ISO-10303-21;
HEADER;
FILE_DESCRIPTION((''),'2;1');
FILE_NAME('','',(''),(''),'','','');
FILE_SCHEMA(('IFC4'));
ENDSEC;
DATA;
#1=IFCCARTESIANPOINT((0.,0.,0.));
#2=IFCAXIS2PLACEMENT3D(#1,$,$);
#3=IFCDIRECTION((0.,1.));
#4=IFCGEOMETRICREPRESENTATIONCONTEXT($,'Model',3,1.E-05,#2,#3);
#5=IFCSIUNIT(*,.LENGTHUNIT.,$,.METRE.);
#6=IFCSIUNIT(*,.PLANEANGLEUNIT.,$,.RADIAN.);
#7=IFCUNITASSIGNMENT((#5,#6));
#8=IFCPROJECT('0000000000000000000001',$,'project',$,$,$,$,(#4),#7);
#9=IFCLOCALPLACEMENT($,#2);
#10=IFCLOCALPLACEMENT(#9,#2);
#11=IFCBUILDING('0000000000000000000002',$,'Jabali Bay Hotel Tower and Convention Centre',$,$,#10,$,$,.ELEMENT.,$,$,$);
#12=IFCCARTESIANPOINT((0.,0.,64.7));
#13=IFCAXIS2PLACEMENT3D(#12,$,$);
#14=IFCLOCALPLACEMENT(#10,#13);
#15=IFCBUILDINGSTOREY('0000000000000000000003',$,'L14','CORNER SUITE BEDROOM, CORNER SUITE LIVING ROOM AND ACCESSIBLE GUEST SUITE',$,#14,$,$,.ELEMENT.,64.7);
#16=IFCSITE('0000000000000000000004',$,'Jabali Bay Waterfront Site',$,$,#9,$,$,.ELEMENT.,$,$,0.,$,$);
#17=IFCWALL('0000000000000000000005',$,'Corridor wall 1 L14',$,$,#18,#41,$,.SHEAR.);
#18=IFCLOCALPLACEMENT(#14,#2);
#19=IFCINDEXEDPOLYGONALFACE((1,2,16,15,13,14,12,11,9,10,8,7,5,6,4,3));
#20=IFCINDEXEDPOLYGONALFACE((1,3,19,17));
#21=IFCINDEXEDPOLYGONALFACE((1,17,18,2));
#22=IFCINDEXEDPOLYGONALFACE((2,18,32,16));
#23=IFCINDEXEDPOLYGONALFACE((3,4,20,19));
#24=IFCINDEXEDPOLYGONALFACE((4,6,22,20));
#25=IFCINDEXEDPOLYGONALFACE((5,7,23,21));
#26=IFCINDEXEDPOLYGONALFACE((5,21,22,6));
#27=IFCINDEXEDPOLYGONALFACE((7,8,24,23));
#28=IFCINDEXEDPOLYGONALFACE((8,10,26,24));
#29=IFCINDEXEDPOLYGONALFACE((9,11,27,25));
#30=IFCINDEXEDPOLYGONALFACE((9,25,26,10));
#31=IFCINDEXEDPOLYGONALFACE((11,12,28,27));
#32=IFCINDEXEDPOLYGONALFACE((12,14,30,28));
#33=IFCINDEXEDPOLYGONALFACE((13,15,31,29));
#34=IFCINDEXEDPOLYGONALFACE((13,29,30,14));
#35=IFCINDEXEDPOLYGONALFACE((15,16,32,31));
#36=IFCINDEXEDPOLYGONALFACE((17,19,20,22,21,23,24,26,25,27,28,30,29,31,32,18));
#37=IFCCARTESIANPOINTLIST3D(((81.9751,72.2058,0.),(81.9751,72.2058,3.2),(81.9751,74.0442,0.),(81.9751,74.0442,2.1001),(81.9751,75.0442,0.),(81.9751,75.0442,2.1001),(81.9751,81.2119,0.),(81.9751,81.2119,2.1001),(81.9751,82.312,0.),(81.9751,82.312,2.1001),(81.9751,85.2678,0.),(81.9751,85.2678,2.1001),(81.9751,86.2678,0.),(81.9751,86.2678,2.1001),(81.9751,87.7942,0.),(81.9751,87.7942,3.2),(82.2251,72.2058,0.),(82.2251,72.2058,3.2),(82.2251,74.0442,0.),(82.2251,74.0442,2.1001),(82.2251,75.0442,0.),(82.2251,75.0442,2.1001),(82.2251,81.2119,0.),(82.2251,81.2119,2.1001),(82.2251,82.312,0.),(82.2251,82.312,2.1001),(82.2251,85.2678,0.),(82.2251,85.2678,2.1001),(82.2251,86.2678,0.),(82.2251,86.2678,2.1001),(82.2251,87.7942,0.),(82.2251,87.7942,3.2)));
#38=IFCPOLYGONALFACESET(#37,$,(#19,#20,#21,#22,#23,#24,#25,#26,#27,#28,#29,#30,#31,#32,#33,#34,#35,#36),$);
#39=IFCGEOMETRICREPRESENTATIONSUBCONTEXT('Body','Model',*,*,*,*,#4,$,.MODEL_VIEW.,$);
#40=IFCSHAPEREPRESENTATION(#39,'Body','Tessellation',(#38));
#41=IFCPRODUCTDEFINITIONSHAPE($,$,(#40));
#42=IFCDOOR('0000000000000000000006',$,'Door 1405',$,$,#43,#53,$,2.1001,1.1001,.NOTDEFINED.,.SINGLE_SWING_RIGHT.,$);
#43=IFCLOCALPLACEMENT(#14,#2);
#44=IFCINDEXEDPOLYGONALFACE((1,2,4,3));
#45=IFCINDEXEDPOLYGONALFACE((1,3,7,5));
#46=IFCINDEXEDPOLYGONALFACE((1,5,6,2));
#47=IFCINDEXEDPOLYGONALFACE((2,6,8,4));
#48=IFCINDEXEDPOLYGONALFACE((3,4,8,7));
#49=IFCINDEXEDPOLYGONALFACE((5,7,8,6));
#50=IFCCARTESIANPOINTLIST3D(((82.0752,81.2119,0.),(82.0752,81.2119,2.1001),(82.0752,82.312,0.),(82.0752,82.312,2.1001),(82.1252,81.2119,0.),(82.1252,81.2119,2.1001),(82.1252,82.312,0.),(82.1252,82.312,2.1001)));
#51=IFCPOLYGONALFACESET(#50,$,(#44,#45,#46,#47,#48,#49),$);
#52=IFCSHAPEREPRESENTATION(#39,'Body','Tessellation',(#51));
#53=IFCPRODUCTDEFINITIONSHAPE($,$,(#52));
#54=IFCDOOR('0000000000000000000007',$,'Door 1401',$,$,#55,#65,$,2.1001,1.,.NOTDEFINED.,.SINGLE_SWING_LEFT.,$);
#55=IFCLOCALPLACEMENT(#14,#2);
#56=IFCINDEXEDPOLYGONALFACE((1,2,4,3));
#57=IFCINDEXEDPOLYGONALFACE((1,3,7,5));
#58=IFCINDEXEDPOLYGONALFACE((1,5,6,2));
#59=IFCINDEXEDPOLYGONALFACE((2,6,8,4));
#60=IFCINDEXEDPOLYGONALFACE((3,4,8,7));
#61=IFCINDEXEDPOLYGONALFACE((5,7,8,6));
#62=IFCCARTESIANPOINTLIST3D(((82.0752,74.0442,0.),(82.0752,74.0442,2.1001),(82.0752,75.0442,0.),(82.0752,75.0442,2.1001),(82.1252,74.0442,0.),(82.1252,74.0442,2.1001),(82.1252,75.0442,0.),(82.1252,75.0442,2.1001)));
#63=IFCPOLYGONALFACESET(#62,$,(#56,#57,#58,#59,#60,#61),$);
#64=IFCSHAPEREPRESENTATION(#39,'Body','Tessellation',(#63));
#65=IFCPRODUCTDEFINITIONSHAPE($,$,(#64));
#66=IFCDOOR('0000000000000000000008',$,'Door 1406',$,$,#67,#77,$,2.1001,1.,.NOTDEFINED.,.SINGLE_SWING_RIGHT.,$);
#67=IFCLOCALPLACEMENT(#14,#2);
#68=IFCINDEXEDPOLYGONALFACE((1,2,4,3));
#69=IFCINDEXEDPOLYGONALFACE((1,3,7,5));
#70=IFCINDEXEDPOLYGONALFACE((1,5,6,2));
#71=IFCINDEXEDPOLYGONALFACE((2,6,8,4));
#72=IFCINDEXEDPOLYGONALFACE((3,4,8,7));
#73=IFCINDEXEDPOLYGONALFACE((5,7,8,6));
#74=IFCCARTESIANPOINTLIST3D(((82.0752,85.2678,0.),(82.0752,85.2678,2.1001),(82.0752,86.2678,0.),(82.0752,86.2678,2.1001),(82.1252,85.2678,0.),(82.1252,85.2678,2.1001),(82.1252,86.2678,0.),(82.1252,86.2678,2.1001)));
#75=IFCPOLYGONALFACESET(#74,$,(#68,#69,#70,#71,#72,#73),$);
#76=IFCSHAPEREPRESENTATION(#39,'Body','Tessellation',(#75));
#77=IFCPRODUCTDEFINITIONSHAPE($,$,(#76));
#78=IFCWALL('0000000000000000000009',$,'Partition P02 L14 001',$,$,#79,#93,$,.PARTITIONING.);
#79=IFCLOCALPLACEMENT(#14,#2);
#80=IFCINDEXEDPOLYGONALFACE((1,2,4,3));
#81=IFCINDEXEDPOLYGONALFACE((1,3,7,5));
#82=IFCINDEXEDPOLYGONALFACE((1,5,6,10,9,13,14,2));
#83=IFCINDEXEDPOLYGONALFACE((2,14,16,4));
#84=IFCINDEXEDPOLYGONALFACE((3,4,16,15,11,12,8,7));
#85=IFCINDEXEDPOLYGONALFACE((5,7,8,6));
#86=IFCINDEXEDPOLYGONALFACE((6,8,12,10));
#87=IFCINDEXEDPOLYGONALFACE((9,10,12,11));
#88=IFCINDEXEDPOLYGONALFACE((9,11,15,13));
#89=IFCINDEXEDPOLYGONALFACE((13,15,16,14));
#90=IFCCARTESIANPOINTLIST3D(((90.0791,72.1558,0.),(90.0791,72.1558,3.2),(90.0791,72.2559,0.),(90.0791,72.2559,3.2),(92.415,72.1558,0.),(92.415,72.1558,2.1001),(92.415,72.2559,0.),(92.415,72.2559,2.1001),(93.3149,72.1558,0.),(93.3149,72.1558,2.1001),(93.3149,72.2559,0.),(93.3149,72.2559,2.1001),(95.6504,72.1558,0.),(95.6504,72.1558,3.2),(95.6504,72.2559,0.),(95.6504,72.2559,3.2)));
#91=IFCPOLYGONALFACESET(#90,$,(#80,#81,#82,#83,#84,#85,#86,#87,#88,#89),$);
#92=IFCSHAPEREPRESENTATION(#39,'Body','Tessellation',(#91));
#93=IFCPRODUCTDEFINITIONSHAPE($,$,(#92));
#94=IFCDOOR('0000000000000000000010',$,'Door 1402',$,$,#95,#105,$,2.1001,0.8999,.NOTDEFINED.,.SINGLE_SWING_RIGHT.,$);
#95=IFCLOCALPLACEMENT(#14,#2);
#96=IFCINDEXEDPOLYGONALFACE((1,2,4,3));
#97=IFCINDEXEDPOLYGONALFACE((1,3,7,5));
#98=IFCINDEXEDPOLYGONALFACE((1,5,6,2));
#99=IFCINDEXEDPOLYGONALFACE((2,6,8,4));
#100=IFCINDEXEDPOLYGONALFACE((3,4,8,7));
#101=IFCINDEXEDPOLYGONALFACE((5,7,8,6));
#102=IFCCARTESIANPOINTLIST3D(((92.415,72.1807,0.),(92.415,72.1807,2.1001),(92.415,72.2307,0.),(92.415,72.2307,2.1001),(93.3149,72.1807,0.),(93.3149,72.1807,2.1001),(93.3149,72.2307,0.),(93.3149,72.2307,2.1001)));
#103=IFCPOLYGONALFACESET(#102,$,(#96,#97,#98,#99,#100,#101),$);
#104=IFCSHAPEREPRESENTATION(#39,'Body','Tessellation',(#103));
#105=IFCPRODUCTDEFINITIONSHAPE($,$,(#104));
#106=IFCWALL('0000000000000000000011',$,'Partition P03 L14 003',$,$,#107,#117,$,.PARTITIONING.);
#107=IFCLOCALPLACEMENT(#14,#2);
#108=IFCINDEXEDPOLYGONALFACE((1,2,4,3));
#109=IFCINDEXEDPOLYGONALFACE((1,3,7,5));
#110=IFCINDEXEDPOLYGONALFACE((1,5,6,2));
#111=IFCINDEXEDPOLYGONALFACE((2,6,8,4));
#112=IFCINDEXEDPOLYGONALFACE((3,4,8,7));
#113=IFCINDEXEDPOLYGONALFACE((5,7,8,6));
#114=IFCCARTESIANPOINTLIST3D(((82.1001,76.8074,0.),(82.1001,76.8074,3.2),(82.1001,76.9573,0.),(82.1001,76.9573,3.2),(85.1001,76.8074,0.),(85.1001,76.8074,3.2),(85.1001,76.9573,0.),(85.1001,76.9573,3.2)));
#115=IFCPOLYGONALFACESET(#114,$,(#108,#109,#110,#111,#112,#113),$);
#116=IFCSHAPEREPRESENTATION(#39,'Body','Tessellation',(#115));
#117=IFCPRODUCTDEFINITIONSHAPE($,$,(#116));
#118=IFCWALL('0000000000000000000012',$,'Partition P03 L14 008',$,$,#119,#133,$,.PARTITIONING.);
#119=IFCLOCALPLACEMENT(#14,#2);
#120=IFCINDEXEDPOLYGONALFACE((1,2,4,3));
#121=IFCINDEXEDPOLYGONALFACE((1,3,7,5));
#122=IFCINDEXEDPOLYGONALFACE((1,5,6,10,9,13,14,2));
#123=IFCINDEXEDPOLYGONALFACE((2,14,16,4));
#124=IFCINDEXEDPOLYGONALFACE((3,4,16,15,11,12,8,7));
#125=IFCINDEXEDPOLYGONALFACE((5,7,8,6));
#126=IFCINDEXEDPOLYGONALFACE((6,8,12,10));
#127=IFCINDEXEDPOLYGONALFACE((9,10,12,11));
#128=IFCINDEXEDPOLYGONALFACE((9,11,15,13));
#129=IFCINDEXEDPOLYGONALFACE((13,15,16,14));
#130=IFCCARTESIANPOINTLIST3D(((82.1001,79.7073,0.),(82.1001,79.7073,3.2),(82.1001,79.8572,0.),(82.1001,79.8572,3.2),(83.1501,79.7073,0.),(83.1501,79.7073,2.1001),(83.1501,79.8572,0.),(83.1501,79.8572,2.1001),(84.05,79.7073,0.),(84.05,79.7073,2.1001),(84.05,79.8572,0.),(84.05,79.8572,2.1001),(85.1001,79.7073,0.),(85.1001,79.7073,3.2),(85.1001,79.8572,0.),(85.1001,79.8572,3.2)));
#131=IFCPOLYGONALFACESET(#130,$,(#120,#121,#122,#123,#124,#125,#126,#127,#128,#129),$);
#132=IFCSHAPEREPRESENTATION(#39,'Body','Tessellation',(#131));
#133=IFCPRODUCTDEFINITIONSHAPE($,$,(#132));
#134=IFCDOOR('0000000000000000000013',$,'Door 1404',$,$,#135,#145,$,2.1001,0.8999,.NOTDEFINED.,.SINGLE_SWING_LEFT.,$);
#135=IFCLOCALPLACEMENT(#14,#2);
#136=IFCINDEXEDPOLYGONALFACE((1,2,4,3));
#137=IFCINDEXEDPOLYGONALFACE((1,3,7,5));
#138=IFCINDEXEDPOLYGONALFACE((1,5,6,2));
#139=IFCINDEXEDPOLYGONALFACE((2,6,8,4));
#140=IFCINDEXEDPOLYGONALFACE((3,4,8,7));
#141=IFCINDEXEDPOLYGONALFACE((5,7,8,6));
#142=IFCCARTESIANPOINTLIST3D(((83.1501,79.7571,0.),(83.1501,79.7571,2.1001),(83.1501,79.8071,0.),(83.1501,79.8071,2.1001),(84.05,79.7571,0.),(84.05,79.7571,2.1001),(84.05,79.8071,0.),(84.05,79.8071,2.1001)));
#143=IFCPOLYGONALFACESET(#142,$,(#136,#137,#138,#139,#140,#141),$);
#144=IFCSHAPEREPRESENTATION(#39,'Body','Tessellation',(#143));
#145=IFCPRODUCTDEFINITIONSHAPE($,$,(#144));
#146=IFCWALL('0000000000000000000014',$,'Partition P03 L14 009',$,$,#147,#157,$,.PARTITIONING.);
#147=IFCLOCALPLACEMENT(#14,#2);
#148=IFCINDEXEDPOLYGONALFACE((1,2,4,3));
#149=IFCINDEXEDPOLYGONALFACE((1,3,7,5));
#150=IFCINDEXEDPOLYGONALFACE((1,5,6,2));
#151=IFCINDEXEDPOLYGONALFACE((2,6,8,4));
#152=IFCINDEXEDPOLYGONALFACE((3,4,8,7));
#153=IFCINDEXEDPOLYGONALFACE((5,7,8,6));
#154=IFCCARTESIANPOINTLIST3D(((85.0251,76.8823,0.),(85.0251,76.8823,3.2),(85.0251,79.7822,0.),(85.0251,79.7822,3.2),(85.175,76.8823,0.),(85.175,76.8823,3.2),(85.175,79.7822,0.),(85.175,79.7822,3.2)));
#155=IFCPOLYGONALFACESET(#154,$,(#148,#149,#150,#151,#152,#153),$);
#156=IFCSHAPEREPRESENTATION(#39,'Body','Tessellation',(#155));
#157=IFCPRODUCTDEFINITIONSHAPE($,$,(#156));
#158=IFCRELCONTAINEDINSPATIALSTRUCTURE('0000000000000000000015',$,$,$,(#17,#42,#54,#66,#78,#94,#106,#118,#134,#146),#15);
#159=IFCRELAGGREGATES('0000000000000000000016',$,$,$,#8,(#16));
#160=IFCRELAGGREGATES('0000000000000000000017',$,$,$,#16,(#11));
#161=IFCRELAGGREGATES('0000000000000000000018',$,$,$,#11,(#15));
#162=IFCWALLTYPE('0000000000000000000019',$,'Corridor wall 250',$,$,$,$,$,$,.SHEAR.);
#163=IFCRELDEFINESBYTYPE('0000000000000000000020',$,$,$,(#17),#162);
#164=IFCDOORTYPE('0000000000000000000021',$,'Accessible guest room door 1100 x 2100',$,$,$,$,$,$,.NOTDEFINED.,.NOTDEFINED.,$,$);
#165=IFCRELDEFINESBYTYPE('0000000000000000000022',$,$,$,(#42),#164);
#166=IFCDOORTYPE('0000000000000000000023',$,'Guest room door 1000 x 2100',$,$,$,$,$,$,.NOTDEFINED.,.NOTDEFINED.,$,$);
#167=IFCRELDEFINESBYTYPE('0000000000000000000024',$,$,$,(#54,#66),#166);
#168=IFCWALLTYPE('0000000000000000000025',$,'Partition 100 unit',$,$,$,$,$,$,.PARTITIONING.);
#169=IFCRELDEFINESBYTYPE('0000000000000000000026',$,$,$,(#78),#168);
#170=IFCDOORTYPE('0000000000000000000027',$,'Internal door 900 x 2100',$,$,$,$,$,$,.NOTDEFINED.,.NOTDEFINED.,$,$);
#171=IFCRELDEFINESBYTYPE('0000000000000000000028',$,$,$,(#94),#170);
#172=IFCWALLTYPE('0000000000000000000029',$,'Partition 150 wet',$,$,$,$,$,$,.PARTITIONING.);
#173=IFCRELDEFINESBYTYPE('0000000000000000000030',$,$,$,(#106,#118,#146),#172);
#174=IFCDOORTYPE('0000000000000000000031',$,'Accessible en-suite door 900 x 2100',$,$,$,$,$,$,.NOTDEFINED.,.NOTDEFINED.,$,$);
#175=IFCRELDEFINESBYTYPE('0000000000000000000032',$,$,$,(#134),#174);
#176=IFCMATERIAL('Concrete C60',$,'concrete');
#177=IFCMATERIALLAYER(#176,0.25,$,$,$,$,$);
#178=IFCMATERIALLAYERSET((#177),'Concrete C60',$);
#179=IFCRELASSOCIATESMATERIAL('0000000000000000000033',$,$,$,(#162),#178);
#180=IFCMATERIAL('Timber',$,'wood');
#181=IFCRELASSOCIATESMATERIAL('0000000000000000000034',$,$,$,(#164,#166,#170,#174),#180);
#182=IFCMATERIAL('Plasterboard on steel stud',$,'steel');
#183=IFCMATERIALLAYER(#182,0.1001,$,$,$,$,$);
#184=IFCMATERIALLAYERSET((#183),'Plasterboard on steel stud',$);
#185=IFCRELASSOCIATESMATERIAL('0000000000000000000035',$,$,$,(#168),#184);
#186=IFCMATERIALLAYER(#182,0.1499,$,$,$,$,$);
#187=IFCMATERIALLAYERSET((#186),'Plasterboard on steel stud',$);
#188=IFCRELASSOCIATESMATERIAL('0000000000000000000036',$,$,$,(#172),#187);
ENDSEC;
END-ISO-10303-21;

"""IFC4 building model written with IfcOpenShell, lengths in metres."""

from ifc_helpers import new_model, si_unit, direction, frame, frame_2d, origin, place, context, subcontext, project, spatial, rectangle, extrude, material, layer, layer_set, type_object, element, fill, save


model = new_model("IFC4")

# Units and contexts
model_context = context("Model", 3, precision=1e-05, world=origin(), true_north=direction((0.0, 1.0)))
body_context = subcontext(model_context, "Body", "Model", "MODEL_VIEW")
ifc_project = project(units=[si_unit("LENGTHUNIT", "METRE"), si_unit("PLANEANGLEUNIT", "RADIAN")], contexts=[model_context])

# Site, building, storey
site_placement = place(None, origin())
site = spatial("IfcSite", under=ifc_project, at=site_placement, Name="Jabali Bay Waterfront Site", CompositionType="ELEMENT", RefElevation=0.0)
building_placement = place(site_placement, origin())
building = spatial("IfcBuilding", under=site, at=building_placement, Name="Jabali Bay Hotel Tower and Convention Centre", CompositionType="ELEMENT")
storey_placement = place(building_placement, frame((0.0, 0.0, 64.7)))
storey = spatial("IfcBuildingStorey", under=building, at=storey_placement, Name="L14", Description="CORNER SUITE BEDROOM, CORNER SUITE LIVING ROOM AND ACCESSIBLE GUEST SUITE", CompositionType="ELEMENT", Elevation=64.7)

# Shared definitions
ifc_material_1 = material(Name="Concrete C60", Category="concrete")

# Wall, openings, doors
ifc_layer_1 = layer(ifc_material_1, 0.25)
ifc_layer_set_1 = layer_set([ifc_layer_1], Name="Concrete C60")
wall_type_1 = type_object("IfcWallType", Name="Corridor wall 250", PredefinedType="SHEAR", material=ifc_layer_set_1)
wall_1_placement = place(storey_placement, frame((82.1001, 72.2058, 0.0), z_axis=(0.0, 0.0, 1.0), x_axis=(0.0, 1.0, 0.0)))
wall_1 = element("IfcWall", 1, at=wall_1_placement, inside=storey, type_object=wall_type_1, Name="Corridor wall 1 L14", PredefinedType="SHEAR", context=body_context, shape_type="SweptSolid", body=[
    extrude(rectangle(XDim=15.5884, YDim=0.25, at=frame_2d((7.7942, 0.0))), origin(), (0.0, 0.0, 1.0), 3.2),
])
opening_1_placement = place(wall_1_placement, frame((1.8384, 0.0, 0.0)))
opening_1 = element("IfcOpeningElement", 2, at=opening_1_placement, cuts=wall_1, PredefinedType="OPENING", context=body_context, shape_type="SweptSolid", body=[
    extrude(rectangle(XDim=1.0, YDim=2.1001, at=frame_2d((0.5, 1.05))), frame((0.0, 0.1355, 0.0), z_axis=(0.0, -1.0, 0.0), x_axis=(1.0, 0.0, 0.0)), (0.0, 0.0, 1.0), 0.271),
])
opening_2_placement = place(wall_1_placement, frame((9.0061, 0.0, 0.0)))
opening_2 = element("IfcOpeningElement", 3, at=opening_2_placement, cuts=wall_1, PredefinedType="OPENING", context=body_context, shape_type="SweptSolid", body=[
    extrude(rectangle(XDim=1.1001, YDim=2.1001, at=frame_2d((0.55, 1.05))), frame((0.0, 0.1355, 0.0), z_axis=(0.0, -1.0, 0.0), x_axis=(1.0, 0.0, 0.0)), (0.0, 0.0, 1.0), 0.271),
])
opening_3_placement = place(wall_1_placement, frame((13.062, 0.0, 0.0)))
opening_3 = element("IfcOpeningElement", 4, at=opening_3_placement, cuts=wall_1, PredefinedType="OPENING", context=body_context, shape_type="SweptSolid", body=[
    extrude(rectangle(XDim=1.0, YDim=2.1001, at=frame_2d((0.5, 1.05))), frame((0.0, 0.1355, 0.0), z_axis=(0.0, -1.0, 0.0), x_axis=(1.0, 0.0, 0.0)), (0.0, 0.0, 1.0), 0.271),
])
ifc_material_2 = material(Name="Timber", Category="wood")
door_type_1 = type_object("IfcDoorType", Name="Accessible guest room door 1100 x 2100", OperationType="NOTDEFINED", PredefinedType="NOTDEFINED", material=ifc_material_2)
door_1_placement = place(opening_2_placement, origin())
door_1 = element("IfcDoor", 5, at=door_1_placement, inside=storey, type_object=door_type_1, Name="Door 1405", OperationType="SINGLE_SWING_RIGHT", OverallHeight=2.1001, OverallWidth=1.1001, PredefinedType="NOTDEFINED", context=body_context, shape_type="SweptSolid", body=[
    extrude(rectangle(XDim=1.1001, YDim=2.1001, at=frame_2d((0.55, 1.05))), frame((0.0, 0.0249, 0.0), z_axis=(0.0, -1.0, 0.0), x_axis=(1.0, 0.0, 0.0)), (0.0, 0.0, 1.0), 0.05),
])
fill(opening_2, door_1)
door_type_2 = type_object("IfcDoorType", Name="Guest room door 1000 x 2100", OperationType="NOTDEFINED", PredefinedType="NOTDEFINED", material=ifc_material_2)
door_2_placement = place(opening_1_placement, origin())
door_2 = element("IfcDoor", 6, at=door_2_placement, inside=storey, type_object=door_type_2, Name="Door 1401", OperationType="SINGLE_SWING_LEFT", OverallHeight=2.1001, OverallWidth=1.0, PredefinedType="NOTDEFINED", context=body_context, shape_type="SweptSolid", body=[
    extrude(rectangle(XDim=1.0, YDim=2.1001, at=frame_2d((0.5, 1.05))), frame((0.0, 0.0249, 0.0), z_axis=(0.0, -1.0, 0.0), x_axis=(1.0, 0.0, 0.0)), (0.0, 0.0, 1.0), 0.05),
])
fill(opening_1, door_2)
door_3_placement = place(opening_3_placement, origin())
door_3 = element("IfcDoor", 7, at=door_3_placement, inside=storey, type_object=door_type_2, Name="Door 1406", OperationType="SINGLE_SWING_RIGHT", OverallHeight=2.1001, OverallWidth=1.0, PredefinedType="NOTDEFINED", context=body_context, shape_type="SweptSolid", body=[
    extrude(rectangle(XDim=1.0, YDim=2.1001, at=frame_2d((0.5, 1.05))), frame((0.0, 0.0249, 0.0), z_axis=(0.0, -1.0, 0.0), x_axis=(1.0, 0.0, 0.0)), (0.0, 0.0, 1.0), 0.05),
])
fill(opening_3, door_3)

# Wall, opening, door
ifc_material_3 = material(Name="Plasterboard on steel stud", Category="steel")
ifc_layer_2 = layer(ifc_material_3, 0.1001)
ifc_layer_set_2 = layer_set([ifc_layer_2], Name="Plasterboard on steel stud")
wall_type_2 = type_object("IfcWallType", Name="Partition 100 unit", PredefinedType="PARTITIONING", material=ifc_layer_set_2)
wall_2_placement = place(storey_placement, frame((90.0791, 72.2058, 0.0), z_axis=(0.0, 0.0, 1.0), x_axis=(1.0, 0.0, 0.0)))
wall_2 = element("IfcWall", 8, at=wall_2_placement, inside=storey, type_object=wall_type_2, Name="Partition P02 L14 001", PredefinedType="PARTITIONING", context=body_context, shape_type="SweptSolid", body=[
    extrude(rectangle(XDim=5.5713, YDim=0.1001, at=frame_2d((2.7856, 0.0))), origin(), (0.0, 0.0, 1.0), 3.2),
])
opening_4_placement = place(wall_2_placement, frame((2.3359, 0.0, 0.0)))
opening_4 = element("IfcOpeningElement", 9, at=opening_4_placement, cuts=wall_2, PredefinedType="OPENING", context=body_context, shape_type="SweptSolid", body=[
    extrude(rectangle(XDim=0.8999, YDim=2.1001, at=frame_2d((0.45, 1.05))), frame((0.0, 0.0605, 0.0), z_axis=(0.0, -1.0, 0.0), x_axis=(1.0, 0.0, 0.0)), (0.0, 0.0, 1.0), 0.1211),
])
door_type_3 = type_object("IfcDoorType", Name="Internal door 900 x 2100", OperationType="NOTDEFINED", PredefinedType="NOTDEFINED", material=ifc_material_2)
door_4_placement = place(opening_4_placement, origin())
door_4 = element("IfcDoor", 10, at=door_4_placement, inside=storey, type_object=door_type_3, Name="Door 1402", OperationType="SINGLE_SWING_RIGHT", OverallHeight=2.1001, OverallWidth=0.8999, PredefinedType="NOTDEFINED", context=body_context, shape_type="SweptSolid", body=[
    extrude(rectangle(XDim=0.8999, YDim=2.1001, at=frame_2d((0.45, 1.05))), frame((0.0, 0.0249, 0.0), z_axis=(0.0, -1.0, 0.0), x_axis=(1.0, 0.0, 0.0)), (0.0, 0.0, 1.0), 0.05),
])
fill(opening_4, door_4)

# Wall
ifc_layer_3 = layer(ifc_material_3, 0.1499)
ifc_layer_set_3 = layer_set([ifc_layer_3], Name="Plasterboard on steel stud")
wall_type_3 = type_object("IfcWallType", Name="Partition 150 wet", PredefinedType="PARTITIONING", material=ifc_layer_set_3)
wall_3_placement = place(storey_placement, frame((85.1001, 76.8823, 0.0), z_axis=(0.0, 0.0, 1.0), x_axis=(-1.0, 0.0, 0.0)))
element("IfcWall", 11, at=wall_3_placement, inside=storey, type_object=wall_type_3, Name="Partition P03 L14 003", PredefinedType="PARTITIONING", context=body_context, shape_type="SweptSolid", body=[
    extrude(rectangle(XDim=3.0, YDim=0.1499, at=frame_2d((1.5, 0.0))), origin(), (0.0, 0.0, 1.0), 3.2),
])

# Wall, opening, door
wall_4_placement = place(storey_placement, frame((82.1001, 79.7822, 0.0), z_axis=(0.0, 0.0, 1.0), x_axis=(1.0, 0.0, 0.0)))
wall_4 = element("IfcWall", 12, at=wall_4_placement, inside=storey, type_object=wall_type_3, Name="Partition P03 L14 008", PredefinedType="PARTITIONING", context=body_context, shape_type="SweptSolid", body=[
    extrude(rectangle(XDim=3.0, YDim=0.1499, at=frame_2d((1.5, 0.0))), origin(), (0.0, 0.0, 1.0), 3.2),
])
opening_5_placement = place(wall_4_placement, frame((1.05, 0.0, 0.0)))
opening_5 = element("IfcOpeningElement", 13, at=opening_5_placement, cuts=wall_4, PredefinedType="OPENING", context=body_context, shape_type="SweptSolid", body=[
    extrude(rectangle(XDim=0.8999, YDim=2.1001, at=frame_2d((0.45, 1.05))), frame((0.0, 0.0854, 0.0), z_axis=(0.0, -1.0, 0.0), x_axis=(1.0, 0.0, 0.0)), (0.0, 0.0, 1.0), 0.1709),
])
door_type_4 = type_object("IfcDoorType", Name="Accessible en-suite door 900 x 2100", OperationType="NOTDEFINED", PredefinedType="NOTDEFINED", material=ifc_material_2)
door_5_placement = place(opening_5_placement, origin())
door_5 = element("IfcDoor", 14, at=door_5_placement, inside=storey, type_object=door_type_4, Name="Door 1404", OperationType="SINGLE_SWING_LEFT", OverallHeight=2.1001, OverallWidth=0.8999, PredefinedType="NOTDEFINED", context=body_context, shape_type="SweptSolid", body=[
    extrude(rectangle(XDim=0.8999, YDim=2.1001, at=frame_2d((0.45, 1.05))), frame((0.0, 0.0249, 0.0), z_axis=(0.0, -1.0, 0.0), x_axis=(1.0, 0.0, 0.0)), (0.0, 0.0, 1.0), 0.05),
])
fill(opening_5, door_5)

# Wall
wall_5_placement = place(storey_placement, frame((85.1001, 79.7822, 0.0), z_axis=(0.0, 0.0, 1.0), x_axis=(0.0, -1.0, 0.0)))
element("IfcWall", 15, at=wall_5_placement, inside=storey, type_object=wall_type_3, Name="Partition P03 L14 009", PredefinedType="PARTITIONING", context=body_context, shape_type="SweptSolid", body=[
    extrude(rectangle(XDim=2.8999, YDim=0.1499, at=frame_2d((1.45, 0.0))), origin(), (0.0, 0.0, 1.0), 3.2),
])

save(model, "model.ifc")
